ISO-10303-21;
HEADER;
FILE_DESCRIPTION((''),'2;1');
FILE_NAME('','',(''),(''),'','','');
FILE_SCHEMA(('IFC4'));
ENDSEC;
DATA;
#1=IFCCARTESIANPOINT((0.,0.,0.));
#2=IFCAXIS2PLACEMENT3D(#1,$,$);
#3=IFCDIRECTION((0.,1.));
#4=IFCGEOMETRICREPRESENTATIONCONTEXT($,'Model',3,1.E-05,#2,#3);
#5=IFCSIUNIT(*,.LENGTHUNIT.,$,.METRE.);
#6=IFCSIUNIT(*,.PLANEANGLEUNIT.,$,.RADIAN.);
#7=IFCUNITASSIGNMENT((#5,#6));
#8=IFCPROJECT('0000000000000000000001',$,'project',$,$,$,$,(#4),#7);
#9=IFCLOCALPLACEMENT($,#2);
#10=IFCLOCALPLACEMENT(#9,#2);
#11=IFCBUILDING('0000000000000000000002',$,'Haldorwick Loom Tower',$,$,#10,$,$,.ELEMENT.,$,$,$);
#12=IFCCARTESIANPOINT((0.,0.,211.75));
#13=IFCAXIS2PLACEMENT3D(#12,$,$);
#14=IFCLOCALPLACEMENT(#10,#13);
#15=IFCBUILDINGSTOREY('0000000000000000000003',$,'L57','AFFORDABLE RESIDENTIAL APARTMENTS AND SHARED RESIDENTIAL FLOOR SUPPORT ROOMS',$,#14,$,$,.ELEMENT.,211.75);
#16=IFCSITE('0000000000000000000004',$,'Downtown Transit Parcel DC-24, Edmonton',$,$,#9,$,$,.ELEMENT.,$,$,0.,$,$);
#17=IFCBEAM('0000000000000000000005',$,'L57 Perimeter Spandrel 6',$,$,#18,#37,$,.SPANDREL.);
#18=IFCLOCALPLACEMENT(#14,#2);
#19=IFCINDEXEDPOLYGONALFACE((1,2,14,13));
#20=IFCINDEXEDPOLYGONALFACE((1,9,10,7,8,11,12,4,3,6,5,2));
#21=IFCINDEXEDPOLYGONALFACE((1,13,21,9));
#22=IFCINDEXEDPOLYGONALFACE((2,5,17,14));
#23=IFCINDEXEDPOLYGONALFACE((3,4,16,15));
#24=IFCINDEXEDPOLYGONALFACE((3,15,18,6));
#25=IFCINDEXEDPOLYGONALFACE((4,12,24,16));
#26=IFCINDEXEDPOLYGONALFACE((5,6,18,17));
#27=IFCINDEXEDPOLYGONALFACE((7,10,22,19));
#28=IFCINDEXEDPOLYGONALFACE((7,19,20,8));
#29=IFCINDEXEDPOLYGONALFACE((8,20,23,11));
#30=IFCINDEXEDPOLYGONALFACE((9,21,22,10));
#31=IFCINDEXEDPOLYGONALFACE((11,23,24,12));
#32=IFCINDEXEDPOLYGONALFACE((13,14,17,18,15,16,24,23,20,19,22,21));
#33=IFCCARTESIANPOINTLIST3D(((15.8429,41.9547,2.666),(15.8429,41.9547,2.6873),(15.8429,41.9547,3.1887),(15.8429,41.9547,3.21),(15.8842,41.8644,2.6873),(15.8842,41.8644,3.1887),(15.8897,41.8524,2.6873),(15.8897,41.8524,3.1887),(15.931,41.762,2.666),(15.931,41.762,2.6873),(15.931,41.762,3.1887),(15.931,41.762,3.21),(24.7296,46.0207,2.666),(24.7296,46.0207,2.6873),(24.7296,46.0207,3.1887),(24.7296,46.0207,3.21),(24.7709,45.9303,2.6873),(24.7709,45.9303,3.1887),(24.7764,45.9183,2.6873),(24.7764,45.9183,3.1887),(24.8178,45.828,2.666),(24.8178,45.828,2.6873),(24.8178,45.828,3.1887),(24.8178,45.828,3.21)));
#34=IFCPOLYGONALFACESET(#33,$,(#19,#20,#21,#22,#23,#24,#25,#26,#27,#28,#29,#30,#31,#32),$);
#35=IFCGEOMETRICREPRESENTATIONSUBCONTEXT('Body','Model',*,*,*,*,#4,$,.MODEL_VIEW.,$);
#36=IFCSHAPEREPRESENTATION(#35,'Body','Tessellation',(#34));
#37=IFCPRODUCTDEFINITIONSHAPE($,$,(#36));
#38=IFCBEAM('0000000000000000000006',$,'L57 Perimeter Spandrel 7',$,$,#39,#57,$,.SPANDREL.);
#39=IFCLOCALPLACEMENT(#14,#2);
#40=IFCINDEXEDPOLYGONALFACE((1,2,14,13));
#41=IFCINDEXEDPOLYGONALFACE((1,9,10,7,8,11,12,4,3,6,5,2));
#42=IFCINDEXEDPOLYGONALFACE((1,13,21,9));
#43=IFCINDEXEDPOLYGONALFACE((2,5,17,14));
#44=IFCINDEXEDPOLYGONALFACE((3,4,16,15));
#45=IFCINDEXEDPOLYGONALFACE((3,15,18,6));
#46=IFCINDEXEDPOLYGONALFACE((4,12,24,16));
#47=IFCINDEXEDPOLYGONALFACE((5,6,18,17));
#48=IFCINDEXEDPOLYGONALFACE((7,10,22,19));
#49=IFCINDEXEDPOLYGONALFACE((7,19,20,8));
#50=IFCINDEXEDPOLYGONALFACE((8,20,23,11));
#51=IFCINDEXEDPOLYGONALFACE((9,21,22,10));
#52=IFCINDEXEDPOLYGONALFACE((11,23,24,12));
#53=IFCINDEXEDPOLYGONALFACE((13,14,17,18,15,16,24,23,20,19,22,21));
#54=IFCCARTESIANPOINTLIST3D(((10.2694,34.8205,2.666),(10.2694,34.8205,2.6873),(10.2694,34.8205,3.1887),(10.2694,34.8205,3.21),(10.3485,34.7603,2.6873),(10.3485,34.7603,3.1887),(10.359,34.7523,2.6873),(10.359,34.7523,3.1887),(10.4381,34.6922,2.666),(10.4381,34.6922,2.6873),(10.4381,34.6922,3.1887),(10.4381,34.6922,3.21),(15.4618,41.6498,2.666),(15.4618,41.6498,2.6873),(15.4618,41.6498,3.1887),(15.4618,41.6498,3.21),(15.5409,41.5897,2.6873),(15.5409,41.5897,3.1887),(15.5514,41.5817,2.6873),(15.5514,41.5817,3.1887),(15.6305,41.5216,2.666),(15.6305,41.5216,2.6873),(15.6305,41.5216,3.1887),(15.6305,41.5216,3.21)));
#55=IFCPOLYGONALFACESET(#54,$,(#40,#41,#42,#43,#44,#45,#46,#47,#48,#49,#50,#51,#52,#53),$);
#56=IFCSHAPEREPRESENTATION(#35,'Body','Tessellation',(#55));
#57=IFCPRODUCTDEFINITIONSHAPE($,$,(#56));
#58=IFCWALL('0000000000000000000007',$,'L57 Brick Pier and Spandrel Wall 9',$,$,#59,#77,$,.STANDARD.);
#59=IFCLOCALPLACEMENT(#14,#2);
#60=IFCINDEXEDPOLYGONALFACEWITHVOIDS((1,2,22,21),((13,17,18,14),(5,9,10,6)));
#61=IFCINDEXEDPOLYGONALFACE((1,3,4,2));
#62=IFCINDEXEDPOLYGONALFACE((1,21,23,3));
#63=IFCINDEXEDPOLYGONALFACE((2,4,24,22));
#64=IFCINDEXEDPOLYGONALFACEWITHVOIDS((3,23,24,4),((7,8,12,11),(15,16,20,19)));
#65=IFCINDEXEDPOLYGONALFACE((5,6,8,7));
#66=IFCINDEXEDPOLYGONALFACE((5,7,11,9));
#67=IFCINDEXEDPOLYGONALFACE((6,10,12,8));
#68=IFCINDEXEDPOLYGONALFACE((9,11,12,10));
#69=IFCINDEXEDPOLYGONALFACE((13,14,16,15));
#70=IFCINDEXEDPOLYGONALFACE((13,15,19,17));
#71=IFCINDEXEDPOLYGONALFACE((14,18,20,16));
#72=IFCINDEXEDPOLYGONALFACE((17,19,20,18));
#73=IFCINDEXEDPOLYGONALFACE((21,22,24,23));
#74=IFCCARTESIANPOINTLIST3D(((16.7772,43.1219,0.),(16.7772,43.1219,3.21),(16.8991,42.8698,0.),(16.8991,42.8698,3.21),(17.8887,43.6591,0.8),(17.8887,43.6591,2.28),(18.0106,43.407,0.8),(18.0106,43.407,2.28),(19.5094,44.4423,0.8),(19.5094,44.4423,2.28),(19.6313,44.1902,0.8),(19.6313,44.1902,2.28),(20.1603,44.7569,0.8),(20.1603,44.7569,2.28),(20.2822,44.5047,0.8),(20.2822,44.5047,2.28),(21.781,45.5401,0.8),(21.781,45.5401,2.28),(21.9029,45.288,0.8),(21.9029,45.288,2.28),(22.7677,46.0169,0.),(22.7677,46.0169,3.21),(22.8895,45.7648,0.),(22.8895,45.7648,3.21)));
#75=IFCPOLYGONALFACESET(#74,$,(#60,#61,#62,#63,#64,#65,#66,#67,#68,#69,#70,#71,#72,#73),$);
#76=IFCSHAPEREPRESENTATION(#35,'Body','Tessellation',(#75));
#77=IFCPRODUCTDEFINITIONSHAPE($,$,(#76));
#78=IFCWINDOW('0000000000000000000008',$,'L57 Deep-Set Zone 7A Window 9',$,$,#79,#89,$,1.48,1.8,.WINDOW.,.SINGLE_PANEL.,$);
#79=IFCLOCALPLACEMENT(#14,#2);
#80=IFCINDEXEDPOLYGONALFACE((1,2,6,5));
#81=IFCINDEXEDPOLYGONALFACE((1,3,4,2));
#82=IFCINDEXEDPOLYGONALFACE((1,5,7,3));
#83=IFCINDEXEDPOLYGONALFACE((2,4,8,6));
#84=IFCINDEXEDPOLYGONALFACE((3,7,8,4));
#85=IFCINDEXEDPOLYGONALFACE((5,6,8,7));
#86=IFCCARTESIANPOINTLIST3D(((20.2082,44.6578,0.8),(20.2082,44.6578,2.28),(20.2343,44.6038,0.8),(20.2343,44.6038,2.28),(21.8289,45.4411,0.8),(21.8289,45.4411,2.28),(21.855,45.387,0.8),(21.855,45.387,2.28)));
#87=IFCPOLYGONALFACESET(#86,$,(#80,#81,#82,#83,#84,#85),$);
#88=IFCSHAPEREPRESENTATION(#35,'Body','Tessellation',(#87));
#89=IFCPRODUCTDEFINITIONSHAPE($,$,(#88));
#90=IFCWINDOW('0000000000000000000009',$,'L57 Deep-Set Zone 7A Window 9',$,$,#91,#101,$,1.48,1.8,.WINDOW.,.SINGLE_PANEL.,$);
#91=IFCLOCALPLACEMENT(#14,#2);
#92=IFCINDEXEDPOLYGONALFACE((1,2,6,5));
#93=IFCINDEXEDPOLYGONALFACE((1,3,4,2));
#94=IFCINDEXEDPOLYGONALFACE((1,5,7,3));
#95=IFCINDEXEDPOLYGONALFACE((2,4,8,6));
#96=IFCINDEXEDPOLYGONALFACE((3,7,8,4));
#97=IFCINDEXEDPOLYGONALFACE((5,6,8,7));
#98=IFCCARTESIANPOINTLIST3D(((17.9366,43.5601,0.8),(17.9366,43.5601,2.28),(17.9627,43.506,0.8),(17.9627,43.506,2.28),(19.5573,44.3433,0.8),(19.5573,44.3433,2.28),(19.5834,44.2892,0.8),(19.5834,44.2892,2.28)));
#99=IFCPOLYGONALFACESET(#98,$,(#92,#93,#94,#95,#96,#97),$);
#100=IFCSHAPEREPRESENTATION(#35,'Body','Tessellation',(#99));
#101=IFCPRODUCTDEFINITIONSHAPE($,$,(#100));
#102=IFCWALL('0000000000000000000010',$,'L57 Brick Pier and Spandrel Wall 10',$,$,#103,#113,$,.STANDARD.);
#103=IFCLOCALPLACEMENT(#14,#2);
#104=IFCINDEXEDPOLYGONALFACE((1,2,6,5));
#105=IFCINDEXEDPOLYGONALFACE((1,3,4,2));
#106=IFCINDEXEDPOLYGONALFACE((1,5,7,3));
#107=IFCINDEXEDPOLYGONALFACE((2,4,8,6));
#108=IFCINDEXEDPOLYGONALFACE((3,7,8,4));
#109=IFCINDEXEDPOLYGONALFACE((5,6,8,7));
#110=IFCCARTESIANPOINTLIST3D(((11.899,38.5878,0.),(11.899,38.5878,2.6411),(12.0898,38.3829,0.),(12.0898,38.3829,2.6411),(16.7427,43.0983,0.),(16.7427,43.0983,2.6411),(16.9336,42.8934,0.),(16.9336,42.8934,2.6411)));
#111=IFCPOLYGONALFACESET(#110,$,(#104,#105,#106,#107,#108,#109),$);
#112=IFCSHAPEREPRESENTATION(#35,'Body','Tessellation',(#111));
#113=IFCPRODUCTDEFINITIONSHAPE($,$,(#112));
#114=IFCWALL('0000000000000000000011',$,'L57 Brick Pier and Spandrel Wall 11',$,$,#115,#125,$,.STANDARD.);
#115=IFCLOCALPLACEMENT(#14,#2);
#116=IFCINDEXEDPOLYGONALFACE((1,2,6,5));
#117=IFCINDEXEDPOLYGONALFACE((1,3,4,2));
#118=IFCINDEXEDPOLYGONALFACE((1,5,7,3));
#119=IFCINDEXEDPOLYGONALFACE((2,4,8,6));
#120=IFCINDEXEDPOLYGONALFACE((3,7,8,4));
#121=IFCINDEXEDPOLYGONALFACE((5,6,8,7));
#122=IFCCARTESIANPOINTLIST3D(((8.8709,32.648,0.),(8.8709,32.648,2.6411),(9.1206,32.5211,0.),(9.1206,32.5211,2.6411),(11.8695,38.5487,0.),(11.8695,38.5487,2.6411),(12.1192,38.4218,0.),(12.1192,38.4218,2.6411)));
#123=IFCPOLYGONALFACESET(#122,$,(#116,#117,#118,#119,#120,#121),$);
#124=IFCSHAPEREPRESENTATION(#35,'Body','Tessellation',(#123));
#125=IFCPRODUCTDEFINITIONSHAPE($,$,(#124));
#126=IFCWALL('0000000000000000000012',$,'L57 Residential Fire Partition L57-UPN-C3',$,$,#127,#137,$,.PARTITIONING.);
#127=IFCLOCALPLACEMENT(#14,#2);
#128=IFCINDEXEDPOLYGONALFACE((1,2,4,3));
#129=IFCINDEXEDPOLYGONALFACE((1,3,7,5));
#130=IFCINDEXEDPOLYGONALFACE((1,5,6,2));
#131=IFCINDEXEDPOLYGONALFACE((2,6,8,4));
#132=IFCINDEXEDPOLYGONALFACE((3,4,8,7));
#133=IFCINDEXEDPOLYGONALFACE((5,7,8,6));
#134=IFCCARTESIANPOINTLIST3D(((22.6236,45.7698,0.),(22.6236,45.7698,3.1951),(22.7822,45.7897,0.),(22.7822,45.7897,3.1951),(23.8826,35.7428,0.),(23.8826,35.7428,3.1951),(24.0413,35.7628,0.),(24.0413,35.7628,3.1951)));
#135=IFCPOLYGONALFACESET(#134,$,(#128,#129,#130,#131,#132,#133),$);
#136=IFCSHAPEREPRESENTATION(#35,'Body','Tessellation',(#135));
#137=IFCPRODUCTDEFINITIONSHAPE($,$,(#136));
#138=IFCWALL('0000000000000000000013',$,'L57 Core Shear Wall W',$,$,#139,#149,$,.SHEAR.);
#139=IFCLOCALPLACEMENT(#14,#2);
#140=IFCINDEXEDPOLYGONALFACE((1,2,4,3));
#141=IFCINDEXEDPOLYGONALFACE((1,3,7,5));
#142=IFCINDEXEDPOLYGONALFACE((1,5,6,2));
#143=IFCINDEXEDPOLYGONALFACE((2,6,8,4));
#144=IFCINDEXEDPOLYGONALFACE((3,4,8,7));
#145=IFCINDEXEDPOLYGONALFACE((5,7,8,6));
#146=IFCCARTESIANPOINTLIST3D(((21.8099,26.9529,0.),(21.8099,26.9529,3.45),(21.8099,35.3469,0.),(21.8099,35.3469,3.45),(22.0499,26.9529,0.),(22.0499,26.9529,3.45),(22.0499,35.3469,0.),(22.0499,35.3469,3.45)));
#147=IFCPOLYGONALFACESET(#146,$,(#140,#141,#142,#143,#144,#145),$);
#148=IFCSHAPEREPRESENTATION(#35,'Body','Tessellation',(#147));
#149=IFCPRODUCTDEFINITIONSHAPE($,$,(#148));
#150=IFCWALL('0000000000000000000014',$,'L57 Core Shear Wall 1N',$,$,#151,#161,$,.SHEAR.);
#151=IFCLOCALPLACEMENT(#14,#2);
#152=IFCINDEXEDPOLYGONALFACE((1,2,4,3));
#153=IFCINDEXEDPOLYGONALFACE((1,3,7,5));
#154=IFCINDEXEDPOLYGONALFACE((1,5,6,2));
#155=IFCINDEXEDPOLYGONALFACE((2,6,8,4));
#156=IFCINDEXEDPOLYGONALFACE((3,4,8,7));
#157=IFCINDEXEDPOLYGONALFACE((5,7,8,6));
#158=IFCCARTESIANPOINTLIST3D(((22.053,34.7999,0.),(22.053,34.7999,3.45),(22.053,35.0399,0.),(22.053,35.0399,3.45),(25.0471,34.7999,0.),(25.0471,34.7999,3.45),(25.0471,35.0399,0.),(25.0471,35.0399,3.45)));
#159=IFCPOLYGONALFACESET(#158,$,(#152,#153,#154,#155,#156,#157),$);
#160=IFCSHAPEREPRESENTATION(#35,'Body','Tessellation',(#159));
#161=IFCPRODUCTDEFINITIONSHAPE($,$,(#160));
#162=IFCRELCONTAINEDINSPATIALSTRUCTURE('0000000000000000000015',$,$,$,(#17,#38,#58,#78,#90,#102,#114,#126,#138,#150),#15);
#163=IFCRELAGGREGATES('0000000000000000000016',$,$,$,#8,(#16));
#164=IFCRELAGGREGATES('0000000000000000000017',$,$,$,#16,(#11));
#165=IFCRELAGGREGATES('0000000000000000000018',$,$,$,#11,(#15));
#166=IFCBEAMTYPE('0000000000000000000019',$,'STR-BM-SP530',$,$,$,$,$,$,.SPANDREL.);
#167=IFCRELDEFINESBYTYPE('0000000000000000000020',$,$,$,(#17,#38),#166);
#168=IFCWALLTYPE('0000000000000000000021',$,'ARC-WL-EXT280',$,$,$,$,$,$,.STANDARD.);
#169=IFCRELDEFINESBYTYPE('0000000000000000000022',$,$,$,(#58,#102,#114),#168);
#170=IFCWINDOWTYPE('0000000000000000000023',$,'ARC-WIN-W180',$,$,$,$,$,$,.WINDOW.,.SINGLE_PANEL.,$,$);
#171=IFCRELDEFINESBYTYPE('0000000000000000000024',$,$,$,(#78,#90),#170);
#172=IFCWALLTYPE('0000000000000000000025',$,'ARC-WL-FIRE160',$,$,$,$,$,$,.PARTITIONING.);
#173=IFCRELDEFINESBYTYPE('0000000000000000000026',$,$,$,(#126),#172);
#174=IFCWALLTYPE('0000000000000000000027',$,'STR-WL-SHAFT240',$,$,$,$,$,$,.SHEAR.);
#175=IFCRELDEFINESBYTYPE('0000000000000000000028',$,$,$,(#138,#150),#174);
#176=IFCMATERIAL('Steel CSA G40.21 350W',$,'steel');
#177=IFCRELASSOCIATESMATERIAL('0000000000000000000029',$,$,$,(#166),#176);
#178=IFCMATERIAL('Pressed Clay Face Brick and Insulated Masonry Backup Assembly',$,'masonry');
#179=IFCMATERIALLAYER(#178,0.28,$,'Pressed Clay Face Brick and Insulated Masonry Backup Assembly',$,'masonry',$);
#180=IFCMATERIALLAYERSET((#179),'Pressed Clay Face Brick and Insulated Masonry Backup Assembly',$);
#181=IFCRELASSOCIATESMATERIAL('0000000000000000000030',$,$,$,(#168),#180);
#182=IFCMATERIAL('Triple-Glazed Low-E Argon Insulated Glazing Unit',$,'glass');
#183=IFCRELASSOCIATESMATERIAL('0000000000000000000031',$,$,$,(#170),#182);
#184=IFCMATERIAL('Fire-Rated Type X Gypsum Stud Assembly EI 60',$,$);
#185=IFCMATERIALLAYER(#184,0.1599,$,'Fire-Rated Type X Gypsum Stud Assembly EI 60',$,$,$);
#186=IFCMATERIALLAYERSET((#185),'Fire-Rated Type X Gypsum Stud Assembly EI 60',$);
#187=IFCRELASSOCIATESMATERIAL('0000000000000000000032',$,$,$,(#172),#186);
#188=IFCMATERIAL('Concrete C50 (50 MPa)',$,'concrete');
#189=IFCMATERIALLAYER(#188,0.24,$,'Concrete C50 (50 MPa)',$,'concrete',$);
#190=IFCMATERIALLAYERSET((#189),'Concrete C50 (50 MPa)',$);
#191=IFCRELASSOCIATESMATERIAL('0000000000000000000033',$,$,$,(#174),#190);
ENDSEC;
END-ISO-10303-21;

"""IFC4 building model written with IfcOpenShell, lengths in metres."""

from ifc_helpers import new_model, si_unit, direction, frame, frame_2d, origin, origin_2d, place, context, subcontext, project, spatial, rectangle, i_section, extrude, material, layer, layer_set, material_profile, profile_set, type_object, element, fill, save


model = new_model("IFC4")

# Units and contexts
model_context = context("Model", 3, precision=1e-05, world=origin(), true_north=direction((0.0, 1.0)))
body_context = subcontext(model_context, "Body", "Model", "MODEL_VIEW")
ifc_project = project(units=[si_unit("LENGTHUNIT", "METRE"), si_unit("PLANEANGLEUNIT", "RADIAN")], contexts=[model_context])

# Site, building, storey
site_placement = place(None, origin())
site = spatial("IfcSite", under=ifc_project, at=site_placement, Name="Downtown Transit Parcel DC-24, Edmonton", CompositionType="ELEMENT", RefElevation=0.0)
building_placement = place(site_placement, origin())
building = spatial("IfcBuilding", under=site, at=building_placement, Name="Haldorwick Loom Tower", CompositionType="ELEMENT")
storey_placement = place(building_placement, frame((0.0, 0.0, 211.75)))
storey = spatial("IfcBuildingStorey", under=building, at=storey_placement, Name="L57", Description="AFFORDABLE RESIDENTIAL APARTMENTS AND SHARED RESIDENTIAL FLOOR SUPPORT ROOMS", CompositionType="ELEMENT", Elevation=211.75)

# Shared definitions
ifc_material_1 = material(Name="Steel CSA G40.21 350W", Category="steel")

# Beams
ifc_material_2 = material(Name="Concrete C50 (50 MPa)", Category="concrete")
ifc_material_profile_1 = material_profile(ifc_material_1, i_section(OverallWidth=0.2119, OverallDepth=0.5439, WebThickness=0.0132, FlangeThickness=0.0212, at=origin_2d()), Name="W530X123", Category="steel")
ifc_profile_set_1 = profile_set([ifc_material_profile_1], Name="Steel CSA G40.21 350W")
beam_type_1 = type_object("IfcBeamType", Name="STR-BM-SP530", PredefinedType="SPANDREL", material=ifc_profile_set_1)
beam_1_placement = place(storey_placement, frame((24.7737, 45.9243, 2.938), z_axis=(-0.909342, -0.416049, 0.0), x_axis=(0.416049, -0.909342, 0.0)))
element("IfcBeam", 1, at=beam_1_placement, inside=storey, type_object=beam_type_1, Name="L57 Perimeter Spandrel 6", PredefinedType="SPANDREL", context=body_context, shape_type="SweptSolid", body=[
    extrude(i_section(OverallWidth=0.2119, OverallDepth=0.5439, WebThickness=0.0132, FlangeThickness=0.0212, at=origin_2d()), origin(), (0.0, 0.0, 1.0), 9.7727),
])
beam_2_placement = place(storey_placement, frame((15.5461, 41.5857, 2.938), z_axis=(-0.605237, -0.796045, 0.0), x_axis=(0.796045, -0.605237, 0.0)))
element("IfcBeam", 2, at=beam_2_placement, inside=storey, type_object=beam_type_1, Name="L57 Perimeter Spandrel 7", PredefinedType="SPANDREL", context=body_context, shape_type="SweptSolid", body=[
    extrude(i_section(OverallWidth=0.2119, OverallDepth=0.5439, WebThickness=0.0132, FlangeThickness=0.0212, at=origin_2d()), origin(), (0.0, 0.0, 1.0), 8.5791),
])

# Wall, openings, windows
ifc_material_3 = material(Name="Pressed Clay Face Brick and Insulated Masonry Backup Assembly", Category="masonry")
ifc_layer_1 = layer(ifc_material_3, 0.28, Name="Pressed Clay Face Brick and Insulated Masonry Backup Assembly", Category="masonry")
ifc_layer_set_1 = layer_set([ifc_layer_1], Name="Pressed Clay Face Brick and Insulated Masonry Backup Assembly")
wall_type_1 = type_object("IfcWallType", Name="ARC-WL-EXT280", PredefinedType="STANDARD", material=ifc_layer_set_1)
wall_1_placement = place(storey_placement, frame((22.8286, 45.8909, 0.0), z_axis=(0.0, 0.0, 1.0), x_axis=(-0.900371, -0.435123, 0.0)))
wall_1 = element("IfcWall", 3, at=wall_1_placement, inside=storey, type_object=wall_type_1, Name="L57 Brick Pier and Spandrel Wall 9", PredefinedType="STANDARD", context=body_context, shape_type="SweptSolid", body=[
    extrude(rectangle(XDim=6.6533, YDim=0.28, at=frame_2d((3.3267, 0.0))), origin(), (0.0, 0.0, 1.0), 3.21),
])
opening_1_placement = place(wall_1_placement, frame((1.0959, 0.0, 0.8)))
opening_1 = element("IfcOpeningElement", 4, at=opening_1_placement, cuts=wall_1, PredefinedType="OPENING", context=body_context, shape_type="SweptSolid", body=[
    extrude(rectangle(XDim=1.8, YDim=1.48, at=frame_2d((0.8999, 0.74))), frame((0.0, 0.1499, 0.0), z_axis=(0.0, -1.0, 0.0), x_axis=(1.0, 0.0, 0.0)), (0.0, 0.0, 1.0), 0.3),
])
opening_2_placement = place(wall_1_placement, frame((3.6189, 0.0, 0.8)))
opening_2 = element("IfcOpeningElement", 5, at=opening_2_placement, cuts=wall_1, PredefinedType="OPENING", context=body_context, shape_type="SweptSolid", body=[
    extrude(rectangle(XDim=1.8, YDim=1.48, at=frame_2d((0.8999, 0.74))), frame((0.0, 0.1499, 0.0), z_axis=(0.0, -1.0, 0.0), x_axis=(1.0, 0.0, 0.0)), (0.0, 0.0, 1.0), 0.3),
])
ifc_material_4 = material(Name="Triple-Glazed Low-E Argon Insulated Glazing Unit", Category="glass")
window_type = type_object("IfcWindowType", Name="ARC-WIN-W180", PartitioningType="SINGLE_PANEL", PredefinedType="WINDOW", material=ifc_material_4)
window_1_placement = place(opening_1_placement, origin())
window_1 = element("IfcWindow", 6, at=window_1_placement, inside=storey, type_object=window_type, Name="L57 Deep-Set Zone 7A Window 9", OverallHeight=1.48, OverallWidth=1.8, PartitioningType="SINGLE_PANEL", PredefinedType="WINDOW", context=body_context, shape_type="SweptSolid", body=[
    extrude(rectangle(XDim=1.8, YDim=1.48, at=frame_2d((0.8999, 0.74))), frame((0.0, 0.03, 0.0), z_axis=(0.0, -1.0, 0.0), x_axis=(1.0, 0.0, 0.0)), (0.0, 0.0, 1.0), 0.0601),
])
fill(opening_1, window_1)
window_2_placement = place(opening_2_placement, origin())
window_2 = element("IfcWindow", 7, at=window_2_placement, inside=storey, type_object=window_type, Name="L57 Deep-Set Zone 7A Window 9", OverallHeight=1.48, OverallWidth=1.8, PartitioningType="SINGLE_PANEL", PredefinedType="WINDOW", context=body_context, shape_type="SweptSolid", body=[
    extrude(rectangle(XDim=1.8, YDim=1.48, at=frame_2d((0.8999, 0.74))), frame((0.0, 0.03, 0.0), z_axis=(0.0, -1.0, 0.0), x_axis=(1.0, 0.0, 0.0)), (0.0, 0.0, 1.0), 0.0601),
])
fill(opening_2, window_2)

# Walls
wall_2_placement = place(storey_placement, frame((16.8381, 42.9958, 0.0), z_axis=(0.0, 0.0, 1.0), x_axis=(-0.731834, -0.681483, 0.0)))
element("IfcWall", 8, at=wall_2_placement, inside=storey, type_object=wall_type_1, Name="L57 Brick Pier and Spandrel Wall 10", PredefinedType="STANDARD", context=body_context, shape_type="SweptSolid", body=[
    extrude(rectangle(XDim=6.6187, YDim=0.28, at=frame_2d((3.3093, 0.0))), origin(), (0.0, 0.0, 1.0), 2.6411),
])
wall_3_placement = place(storey_placement, frame((11.9944, 38.4854, 0.0), z_axis=(0.0, 0.0, 1.0), x_axis=(-0.453032, -0.891494, 0.0)))
element("IfcWall", 9, at=wall_3_placement, inside=storey, type_object=wall_type_1, Name="L57 Brick Pier and Spandrel Wall 11", PredefinedType="STANDARD", context=body_context, shape_type="SweptSolid", body=[
    extrude(rectangle(XDim=6.6189, YDim=0.28, at=frame_2d((3.3096, 0.0))), origin(), (0.0, 0.0, 1.0), 2.6411),
])
ifc_material_5 = material(Name="Fire-Rated Type X Gypsum Stud Assembly EI 60")
ifc_layer_2 = layer(ifc_material_5, 0.1599, Name="Fire-Rated Type X Gypsum Stud Assembly EI 60")
ifc_layer_set_2 = layer_set([ifc_layer_2], Name="Fire-Rated Type X Gypsum Stud Assembly EI 60")
wall_type_2 = type_object("IfcWallType", Name="ARC-WL-FIRE160", PredefinedType="PARTITIONING", material=ifc_layer_set_2)
wall_4_placement = place(storey_placement, frame((23.9619, 35.7529, 0.0), z_axis=(0.0, 0.0, 1.0), x_axis=(-0.124585, 0.992209, 0.0)))
element("IfcWall", 10, at=wall_4_placement, inside=storey, type_object=wall_type_2, Name="L57 Residential Fire Partition L57-UPN-C3", PredefinedType="PARTITIONING", context=body_context, shape_type="SweptSolid", body=[
    extrude(rectangle(XDim=10.1057, YDim=0.1599, at=frame_2d((5.0527, 0.0))), origin(), (0.0, 0.0, 1.0), 3.1951),
])
ifc_layer_3 = layer(ifc_material_2, 0.24, Name="Concrete C50 (50 MPa)", Category="concrete")
ifc_layer_set_3 = layer_set([ifc_layer_3], Name="Concrete C50 (50 MPa)")
wall_type_3 = type_object("IfcWallType", Name="STR-WL-SHAFT240", PredefinedType="SHEAR", material=ifc_layer_set_3)
wall_5_placement = place(storey_placement, frame((21.9299, 35.3469, 0.0), z_axis=(0.0, 0.0, 1.0), x_axis=(0.0, -1.0, 0.0)))
element("IfcWall", 11, at=wall_5_placement, inside=storey, type_object=wall_type_3, Name="L57 Core Shear Wall W", PredefinedType="SHEAR", context=body_context, shape_type="SweptSolid", body=[
    extrude(rectangle(XDim=8.394, YDim=0.24, at=frame_2d((4.197, 0.0))), origin(), (0.0, 0.0, 1.0), 3.45),
])
wall_6_placement = place(storey_placement, frame((22.053, 34.9199, 0.0), z_axis=(0.0, 0.0, 1.0), x_axis=(1.0, 0.0, 0.0)))
element("IfcWall", 12, at=wall_6_placement, inside=storey, type_object=wall_type_3, Name="L57 Core Shear Wall 1N", PredefinedType="SHEAR", context=body_context, shape_type="SweptSolid", body=[
    extrude(rectangle(XDim=2.9941, YDim=0.24, at=frame_2d((1.4971, 0.0))), origin(), (0.0, 0.0, 1.0), 3.45),
])

save(model, "model.ifc")
